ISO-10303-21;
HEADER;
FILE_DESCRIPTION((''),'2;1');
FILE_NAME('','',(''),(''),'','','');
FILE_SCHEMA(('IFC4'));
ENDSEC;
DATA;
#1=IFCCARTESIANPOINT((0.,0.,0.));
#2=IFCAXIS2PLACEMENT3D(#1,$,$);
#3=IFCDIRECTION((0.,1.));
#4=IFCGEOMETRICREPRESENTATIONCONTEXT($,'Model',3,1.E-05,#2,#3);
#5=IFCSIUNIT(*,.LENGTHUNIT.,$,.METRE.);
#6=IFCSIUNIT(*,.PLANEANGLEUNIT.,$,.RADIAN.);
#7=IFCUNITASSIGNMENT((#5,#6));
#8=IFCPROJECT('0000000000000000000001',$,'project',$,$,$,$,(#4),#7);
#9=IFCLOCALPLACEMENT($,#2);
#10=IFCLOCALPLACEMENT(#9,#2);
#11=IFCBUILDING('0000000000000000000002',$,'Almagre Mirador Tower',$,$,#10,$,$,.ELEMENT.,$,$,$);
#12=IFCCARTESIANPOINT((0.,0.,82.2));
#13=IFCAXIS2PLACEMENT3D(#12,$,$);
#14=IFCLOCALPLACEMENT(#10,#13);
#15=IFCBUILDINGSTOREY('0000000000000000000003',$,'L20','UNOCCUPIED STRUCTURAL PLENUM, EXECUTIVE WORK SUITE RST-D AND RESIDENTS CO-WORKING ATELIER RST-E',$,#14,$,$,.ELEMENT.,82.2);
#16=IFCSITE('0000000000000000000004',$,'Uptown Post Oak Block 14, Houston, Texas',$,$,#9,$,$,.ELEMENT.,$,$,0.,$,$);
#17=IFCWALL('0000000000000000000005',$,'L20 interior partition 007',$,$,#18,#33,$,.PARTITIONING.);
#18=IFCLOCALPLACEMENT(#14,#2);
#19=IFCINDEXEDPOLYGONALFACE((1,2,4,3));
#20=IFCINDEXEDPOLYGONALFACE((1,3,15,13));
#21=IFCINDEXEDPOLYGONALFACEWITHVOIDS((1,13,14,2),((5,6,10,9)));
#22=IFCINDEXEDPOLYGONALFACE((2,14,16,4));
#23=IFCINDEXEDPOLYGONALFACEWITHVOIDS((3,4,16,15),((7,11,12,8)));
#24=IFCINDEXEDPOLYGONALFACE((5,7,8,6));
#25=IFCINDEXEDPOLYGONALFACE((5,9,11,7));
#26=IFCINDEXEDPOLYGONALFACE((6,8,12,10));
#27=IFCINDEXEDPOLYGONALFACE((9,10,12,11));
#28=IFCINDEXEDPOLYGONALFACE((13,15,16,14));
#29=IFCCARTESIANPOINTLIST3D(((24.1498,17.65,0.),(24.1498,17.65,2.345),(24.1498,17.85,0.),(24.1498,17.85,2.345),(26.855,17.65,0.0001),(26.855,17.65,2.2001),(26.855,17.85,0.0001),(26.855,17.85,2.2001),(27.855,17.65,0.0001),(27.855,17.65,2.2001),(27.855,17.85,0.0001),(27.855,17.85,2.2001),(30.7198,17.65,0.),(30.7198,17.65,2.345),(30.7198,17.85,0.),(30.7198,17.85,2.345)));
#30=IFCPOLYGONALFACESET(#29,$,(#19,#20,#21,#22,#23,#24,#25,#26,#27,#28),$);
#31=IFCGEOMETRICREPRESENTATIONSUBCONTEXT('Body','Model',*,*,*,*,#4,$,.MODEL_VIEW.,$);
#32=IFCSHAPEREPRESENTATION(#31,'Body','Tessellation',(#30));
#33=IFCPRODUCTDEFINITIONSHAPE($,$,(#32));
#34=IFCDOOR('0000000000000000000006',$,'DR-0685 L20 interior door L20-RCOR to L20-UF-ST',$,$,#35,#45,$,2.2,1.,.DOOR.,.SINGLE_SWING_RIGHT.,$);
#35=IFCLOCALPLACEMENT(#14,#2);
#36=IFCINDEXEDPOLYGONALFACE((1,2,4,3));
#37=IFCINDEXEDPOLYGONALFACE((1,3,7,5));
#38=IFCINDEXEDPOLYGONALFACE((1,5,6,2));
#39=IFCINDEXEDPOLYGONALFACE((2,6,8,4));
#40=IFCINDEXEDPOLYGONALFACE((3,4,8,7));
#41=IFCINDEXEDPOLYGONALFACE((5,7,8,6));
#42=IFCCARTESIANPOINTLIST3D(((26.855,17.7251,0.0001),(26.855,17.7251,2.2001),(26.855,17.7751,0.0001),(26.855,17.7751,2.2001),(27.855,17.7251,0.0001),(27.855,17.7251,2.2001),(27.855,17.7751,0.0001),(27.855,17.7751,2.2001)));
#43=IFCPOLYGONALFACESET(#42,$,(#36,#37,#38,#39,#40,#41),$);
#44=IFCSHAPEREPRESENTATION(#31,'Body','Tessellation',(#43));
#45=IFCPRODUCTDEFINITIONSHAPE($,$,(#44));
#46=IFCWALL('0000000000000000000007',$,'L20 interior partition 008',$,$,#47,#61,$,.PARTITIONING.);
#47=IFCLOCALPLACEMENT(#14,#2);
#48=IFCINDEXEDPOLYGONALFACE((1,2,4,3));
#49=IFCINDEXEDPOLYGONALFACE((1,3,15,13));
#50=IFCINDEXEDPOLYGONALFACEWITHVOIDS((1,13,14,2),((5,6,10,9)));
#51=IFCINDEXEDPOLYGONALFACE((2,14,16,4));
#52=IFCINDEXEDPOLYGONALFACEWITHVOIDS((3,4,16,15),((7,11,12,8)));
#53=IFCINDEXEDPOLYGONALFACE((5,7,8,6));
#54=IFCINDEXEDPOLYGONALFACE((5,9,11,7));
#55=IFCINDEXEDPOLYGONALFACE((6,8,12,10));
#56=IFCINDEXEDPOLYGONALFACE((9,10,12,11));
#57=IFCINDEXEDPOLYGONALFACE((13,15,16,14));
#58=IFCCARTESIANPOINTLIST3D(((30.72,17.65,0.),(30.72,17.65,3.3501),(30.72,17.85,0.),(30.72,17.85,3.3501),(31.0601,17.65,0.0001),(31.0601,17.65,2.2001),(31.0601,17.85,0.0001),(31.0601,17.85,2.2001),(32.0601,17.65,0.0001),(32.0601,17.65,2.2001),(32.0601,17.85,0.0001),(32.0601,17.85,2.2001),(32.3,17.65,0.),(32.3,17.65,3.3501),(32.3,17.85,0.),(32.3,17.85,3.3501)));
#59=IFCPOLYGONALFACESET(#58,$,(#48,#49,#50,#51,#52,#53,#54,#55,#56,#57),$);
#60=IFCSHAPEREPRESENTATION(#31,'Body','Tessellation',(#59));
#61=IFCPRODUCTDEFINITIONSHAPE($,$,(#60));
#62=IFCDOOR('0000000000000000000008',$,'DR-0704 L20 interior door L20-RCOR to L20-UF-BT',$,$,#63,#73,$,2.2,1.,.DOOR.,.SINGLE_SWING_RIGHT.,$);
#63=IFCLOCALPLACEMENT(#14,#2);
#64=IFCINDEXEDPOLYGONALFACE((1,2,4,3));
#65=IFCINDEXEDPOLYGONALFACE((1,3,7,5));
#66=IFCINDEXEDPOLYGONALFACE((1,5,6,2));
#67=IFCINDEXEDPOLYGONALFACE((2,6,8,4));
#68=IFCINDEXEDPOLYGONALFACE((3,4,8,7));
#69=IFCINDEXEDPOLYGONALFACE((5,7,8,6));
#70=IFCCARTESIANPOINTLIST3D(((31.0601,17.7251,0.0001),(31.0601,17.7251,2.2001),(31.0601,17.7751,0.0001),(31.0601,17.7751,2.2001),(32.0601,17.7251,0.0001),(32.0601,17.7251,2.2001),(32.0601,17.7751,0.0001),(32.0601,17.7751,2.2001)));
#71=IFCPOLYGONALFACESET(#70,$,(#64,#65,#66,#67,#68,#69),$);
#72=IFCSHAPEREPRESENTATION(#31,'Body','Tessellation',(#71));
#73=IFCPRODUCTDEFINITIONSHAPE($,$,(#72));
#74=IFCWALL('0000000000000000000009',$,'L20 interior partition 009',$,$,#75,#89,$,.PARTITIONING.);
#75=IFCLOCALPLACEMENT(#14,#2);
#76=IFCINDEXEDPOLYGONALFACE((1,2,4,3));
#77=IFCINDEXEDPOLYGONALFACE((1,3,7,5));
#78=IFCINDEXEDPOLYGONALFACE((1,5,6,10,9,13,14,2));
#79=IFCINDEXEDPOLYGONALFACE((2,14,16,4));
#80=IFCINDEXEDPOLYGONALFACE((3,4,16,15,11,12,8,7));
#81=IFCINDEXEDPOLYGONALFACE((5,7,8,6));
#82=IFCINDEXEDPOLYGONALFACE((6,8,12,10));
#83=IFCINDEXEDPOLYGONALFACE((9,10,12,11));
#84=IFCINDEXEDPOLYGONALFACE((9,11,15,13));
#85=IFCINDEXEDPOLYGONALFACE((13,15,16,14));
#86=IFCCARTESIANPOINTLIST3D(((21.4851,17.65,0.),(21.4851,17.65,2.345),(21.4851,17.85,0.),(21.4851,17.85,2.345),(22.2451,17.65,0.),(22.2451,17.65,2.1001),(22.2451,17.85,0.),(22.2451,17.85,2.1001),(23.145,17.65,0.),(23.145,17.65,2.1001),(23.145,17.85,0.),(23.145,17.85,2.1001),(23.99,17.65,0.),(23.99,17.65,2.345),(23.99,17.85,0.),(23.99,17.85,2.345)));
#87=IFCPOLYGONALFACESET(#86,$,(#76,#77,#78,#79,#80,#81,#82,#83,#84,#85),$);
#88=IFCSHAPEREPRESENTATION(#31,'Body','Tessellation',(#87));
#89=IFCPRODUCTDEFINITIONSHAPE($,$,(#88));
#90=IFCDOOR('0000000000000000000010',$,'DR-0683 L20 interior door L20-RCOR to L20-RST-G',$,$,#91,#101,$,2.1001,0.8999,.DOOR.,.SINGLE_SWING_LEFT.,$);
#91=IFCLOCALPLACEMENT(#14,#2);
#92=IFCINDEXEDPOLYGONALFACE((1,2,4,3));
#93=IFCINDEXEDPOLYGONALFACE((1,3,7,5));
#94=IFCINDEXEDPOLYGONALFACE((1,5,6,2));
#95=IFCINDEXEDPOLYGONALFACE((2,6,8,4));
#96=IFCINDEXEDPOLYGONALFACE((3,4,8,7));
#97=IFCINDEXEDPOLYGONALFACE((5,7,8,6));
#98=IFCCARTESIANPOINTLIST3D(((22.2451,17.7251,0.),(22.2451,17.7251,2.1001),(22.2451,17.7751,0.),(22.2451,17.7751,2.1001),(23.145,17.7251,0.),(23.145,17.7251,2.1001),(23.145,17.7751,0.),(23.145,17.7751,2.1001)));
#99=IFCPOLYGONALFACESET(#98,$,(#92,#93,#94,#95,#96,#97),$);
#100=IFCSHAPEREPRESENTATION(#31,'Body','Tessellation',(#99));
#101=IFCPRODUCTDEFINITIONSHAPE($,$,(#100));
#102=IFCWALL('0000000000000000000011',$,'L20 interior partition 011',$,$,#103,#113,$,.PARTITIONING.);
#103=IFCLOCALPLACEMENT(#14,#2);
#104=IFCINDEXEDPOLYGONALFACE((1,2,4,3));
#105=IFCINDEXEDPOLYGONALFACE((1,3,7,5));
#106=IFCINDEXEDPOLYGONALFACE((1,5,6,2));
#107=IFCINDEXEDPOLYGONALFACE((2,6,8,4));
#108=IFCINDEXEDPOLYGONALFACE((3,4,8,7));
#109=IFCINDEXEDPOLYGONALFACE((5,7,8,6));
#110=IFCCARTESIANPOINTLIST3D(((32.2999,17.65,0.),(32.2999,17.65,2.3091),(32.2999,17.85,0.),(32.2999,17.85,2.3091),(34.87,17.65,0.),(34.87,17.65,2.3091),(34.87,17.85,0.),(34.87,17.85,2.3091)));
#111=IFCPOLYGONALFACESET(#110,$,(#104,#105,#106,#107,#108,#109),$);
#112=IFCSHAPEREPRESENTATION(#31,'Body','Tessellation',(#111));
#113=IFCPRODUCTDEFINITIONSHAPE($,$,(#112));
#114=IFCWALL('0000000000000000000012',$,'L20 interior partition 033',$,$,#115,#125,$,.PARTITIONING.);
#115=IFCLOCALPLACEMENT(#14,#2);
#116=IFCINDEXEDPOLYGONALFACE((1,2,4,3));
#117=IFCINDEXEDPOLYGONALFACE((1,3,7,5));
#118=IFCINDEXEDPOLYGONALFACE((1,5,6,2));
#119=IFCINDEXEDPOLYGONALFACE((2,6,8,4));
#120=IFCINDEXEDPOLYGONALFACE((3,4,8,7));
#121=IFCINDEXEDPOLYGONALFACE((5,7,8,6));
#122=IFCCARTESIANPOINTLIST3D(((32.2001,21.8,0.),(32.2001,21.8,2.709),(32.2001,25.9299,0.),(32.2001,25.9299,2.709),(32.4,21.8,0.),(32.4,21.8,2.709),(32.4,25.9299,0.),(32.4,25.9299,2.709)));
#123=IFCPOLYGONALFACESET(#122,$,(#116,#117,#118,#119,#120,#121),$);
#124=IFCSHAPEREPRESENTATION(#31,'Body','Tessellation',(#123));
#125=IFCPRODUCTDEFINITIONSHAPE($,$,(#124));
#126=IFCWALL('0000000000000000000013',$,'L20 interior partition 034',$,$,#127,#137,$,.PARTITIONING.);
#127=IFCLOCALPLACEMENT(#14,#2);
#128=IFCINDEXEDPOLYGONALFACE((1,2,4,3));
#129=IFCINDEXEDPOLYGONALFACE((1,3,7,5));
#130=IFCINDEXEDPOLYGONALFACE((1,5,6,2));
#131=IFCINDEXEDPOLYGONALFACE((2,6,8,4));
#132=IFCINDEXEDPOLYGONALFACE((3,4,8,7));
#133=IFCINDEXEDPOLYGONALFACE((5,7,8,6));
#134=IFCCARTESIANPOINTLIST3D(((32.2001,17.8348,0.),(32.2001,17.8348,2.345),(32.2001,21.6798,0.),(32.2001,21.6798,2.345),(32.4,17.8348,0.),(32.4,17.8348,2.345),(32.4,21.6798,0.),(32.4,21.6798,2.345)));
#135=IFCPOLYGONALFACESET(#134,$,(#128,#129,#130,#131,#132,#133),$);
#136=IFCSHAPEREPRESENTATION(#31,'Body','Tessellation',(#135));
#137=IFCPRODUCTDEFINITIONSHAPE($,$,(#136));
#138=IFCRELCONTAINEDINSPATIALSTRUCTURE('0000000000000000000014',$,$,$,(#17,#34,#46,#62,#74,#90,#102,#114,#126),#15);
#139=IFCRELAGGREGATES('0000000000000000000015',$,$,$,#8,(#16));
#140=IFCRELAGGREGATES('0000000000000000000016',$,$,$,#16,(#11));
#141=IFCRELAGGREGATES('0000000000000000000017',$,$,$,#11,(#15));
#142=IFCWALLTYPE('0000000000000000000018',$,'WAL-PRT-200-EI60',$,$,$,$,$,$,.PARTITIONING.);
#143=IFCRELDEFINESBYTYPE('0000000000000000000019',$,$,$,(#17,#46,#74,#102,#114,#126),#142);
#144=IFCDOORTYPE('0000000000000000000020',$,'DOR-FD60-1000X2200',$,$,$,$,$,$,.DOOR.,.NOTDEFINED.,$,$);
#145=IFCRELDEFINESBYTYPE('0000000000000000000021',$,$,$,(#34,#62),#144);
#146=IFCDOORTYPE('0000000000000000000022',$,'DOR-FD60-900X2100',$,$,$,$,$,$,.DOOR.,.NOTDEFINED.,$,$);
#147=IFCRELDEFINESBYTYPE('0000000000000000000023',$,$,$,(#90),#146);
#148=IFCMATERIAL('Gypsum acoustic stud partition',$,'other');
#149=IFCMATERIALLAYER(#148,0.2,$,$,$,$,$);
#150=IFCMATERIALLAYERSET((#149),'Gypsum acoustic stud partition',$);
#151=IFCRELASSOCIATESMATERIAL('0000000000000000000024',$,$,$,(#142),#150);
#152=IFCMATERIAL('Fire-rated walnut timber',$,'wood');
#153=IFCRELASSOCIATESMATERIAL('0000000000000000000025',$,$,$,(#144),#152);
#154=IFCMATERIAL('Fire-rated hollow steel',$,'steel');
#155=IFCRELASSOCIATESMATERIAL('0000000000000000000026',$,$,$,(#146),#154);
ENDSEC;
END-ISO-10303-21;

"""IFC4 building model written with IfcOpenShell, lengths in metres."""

from ifc_helpers import new_model, si_unit, direction, frame, frame_2d, origin, place, context, subcontext, project, spatial, rectangle, extrude, material, layer, layer_set, type_object, element, fill, save


model = new_model("IFC4")

# Units and contexts
model_context = context("Model", 3, precision=1e-05, world=origin(), true_north=direction((0.0, 1.0)))
body_context = subcontext(model_context, "Body", "Model", "MODEL_VIEW")
ifc_project = project(units=[si_unit("LENGTHUNIT", "METRE"), si_unit("PLANEANGLEUNIT", "RADIAN")], contexts=[model_context])

# Site, building, storey
site_placement = place(None, origin())
site = spatial("IfcSite", under=ifc_project, at=site_placement, Name="Uptown Post Oak Block 14, Houston, Texas", CompositionType="ELEMENT", RefElevation=0.0)
building_placement = place(site_placement, origin())
building = spatial("IfcBuilding", under=site, at=building_placement, Name="Almagre Mirador Tower", CompositionType="ELEMENT")
storey_placement = place(building_placement, frame((0.0, 0.0, 82.2)))
storey = spatial("IfcBuildingStorey", under=building, at=storey_placement, Name="L20", Description="UNOCCUPIED STRUCTURAL PLENUM, EXECUTIVE WORK SUITE RST-D AND RESIDENTS CO-WORKING ATELIER RST-E", CompositionType="ELEMENT", Elevation=82.2)

# Walls, openings, doors
ifc_material_1 = material(Name="Gypsum acoustic stud partition", Category="other")
ifc_layer_1 = layer(ifc_material_1, 0.2)
ifc_layer_set_1 = layer_set([ifc_layer_1], Name="Gypsum acoustic stud partition")
wall_type_1 = type_object("IfcWallType", Name="WAL-PRT-200-EI60", PredefinedType="PARTITIONING", material=ifc_layer_set_1)
wall_1_placement = place(storey_placement, frame((30.72, 17.75, 0.0), z_axis=(0.0, 0.0, 1.0), x_axis=(-1.0, 0.0, 0.0)))
wall_1 = element("IfcWall", 1, at=wall_1_placement, inside=storey, type_object=wall_type_1, Name="L20 interior partition 007", PredefinedType="PARTITIONING", context=body_context, shape_type="SweptSolid", body=[
    extrude(rectangle(XDim=6.5701, YDim=0.2, at=frame_2d((3.2852, 0.0))), origin(), (0.0, 0.0, 1.0), 2.345),
])
opening_1_placement = place(wall_1_placement, frame((2.865, 0.0, 0.0)))
opening_1 = element("IfcOpeningElement", 2, at=opening_1_placement, cuts=wall_1, PredefinedType="OPENING", context=body_context, shape_type="SweptSolid", body=[
    extrude(rectangle(XDim=1.0, YDim=2.2, at=frame_2d((0.5, 1.1001))), frame((0.0, 0.1101, 0.0), z_axis=(0.0, -1.0, 0.0), x_axis=(1.0, 0.0, 0.0)), (0.0, 0.0, 1.0), 0.22),
])
ifc_material_2 = material(Name="Fire-rated walnut timber", Category="wood")
door_type_1 = type_object("IfcDoorType", Name="DOR-FD60-1000X2200", OperationType="NOTDEFINED", PredefinedType="DOOR", material=ifc_material_2)
door_1_placement = place(opening_1_placement, origin())
door_1 = element("IfcDoor", 3, at=door_1_placement, inside=storey, type_object=door_type_1, Name="DR-0685 L20 interior door L20-RCOR to L20-UF-ST", OperationType="SINGLE_SWING_RIGHT", OverallHeight=2.2, OverallWidth=1.0, PredefinedType="DOOR", context=body_context, shape_type="SweptSolid", body=[
    extrude(rectangle(XDim=1.0, YDim=2.2, at=frame_2d((0.5, 1.1001))), frame((0.0, 0.0249, 0.0), z_axis=(0.0, -1.0, 0.0), x_axis=(1.0, 0.0, 0.0)), (0.0, 0.0, 1.0), 0.05),
])
fill(opening_1, door_1)
wall_2_placement = place(storey_placement, frame((32.3, 17.75, 0.0), z_axis=(0.0, 0.0, 1.0), x_axis=(-1.0, 0.0, 0.0)))
wall_2 = element("IfcWall", 4, at=wall_2_placement, inside=storey, type_object=wall_type_1, Name="L20 interior partition 008", PredefinedType="PARTITIONING", context=body_context, shape_type="SweptSolid", body=[
    extrude(rectangle(XDim=1.5801, YDim=0.2, at=frame_2d((0.79, 0.0))), origin(), (0.0, 0.0, 1.0), 3.3501),
])
opening_2_placement = place(wall_2_placement, frame((0.24, 0.0, 0.0)))
opening_2 = element("IfcOpeningElement", 5, at=opening_2_placement, cuts=wall_2, PredefinedType="OPENING", context=body_context, shape_type="SweptSolid", body=[
    extrude(rectangle(XDim=1.0, YDim=2.2, at=frame_2d((0.5, 1.1001))), frame((0.0, 0.1101, 0.0), z_axis=(0.0, -1.0, 0.0), x_axis=(1.0, 0.0, 0.0)), (0.0, 0.0, 1.0), 0.22),
])
door_2_placement = place(opening_2_placement, origin())
door_2 = element("IfcDoor", 6, at=door_2_placement, inside=storey, type_object=door_type_1, Name="DR-0704 L20 interior door L20-RCOR to L20-UF-BT", OperationType="SINGLE_SWING_RIGHT", OverallHeight=2.2, OverallWidth=1.0, PredefinedType="DOOR", context=body_context, shape_type="SweptSolid", body=[
    extrude(rectangle(XDim=1.0, YDim=2.2, at=frame_2d((0.5, 1.1001))), frame((0.0, 0.0249, 0.0), z_axis=(0.0, -1.0, 0.0), x_axis=(1.0, 0.0, 0.0)), (0.0, 0.0, 1.0), 0.05),
])
fill(opening_2, door_2)
wall_3_placement = place(storey_placement, frame((23.99, 17.75, 0.0), z_axis=(0.0, 0.0, 1.0), x_axis=(-1.0, 0.0, 0.0)))
wall_3 = element("IfcWall", 7, at=wall_3_placement, inside=storey, type_object=wall_type_1, Name="L20 interior partition 009", PredefinedType="PARTITIONING", context=body_context, shape_type="SweptSolid", body=[
    extrude(rectangle(XDim=2.5049, YDim=0.2, at=frame_2d((1.2524, 0.0))), origin(), (0.0, 0.0, 1.0), 2.345),
])
opening_3_placement = place(wall_3_placement, frame((0.845, 0.0, 0.0)))
opening_3 = element("IfcOpeningElement", 8, at=opening_3_placement, cuts=wall_3, PredefinedType="OPENING", context=body_context, shape_type="SweptSolid", body=[
    extrude(rectangle(XDim=0.8999, YDim=2.1001, at=frame_2d((0.45, 1.05))), frame((0.0, 0.1101, 0.0), z_axis=(0.0, -1.0, 0.0), x_axis=(1.0, 0.0, 0.0)), (0.0, 0.0, 1.0), 0.22),
])
ifc_material_3 = material(Name="Fire-rated hollow steel", Category="steel")
door_type_2 = type_object("IfcDoorType", Name="DOR-FD60-900X2100", OperationType="NOTDEFINED", PredefinedType="DOOR", material=ifc_material_3)
door_3_placement = place(opening_3_placement, origin())
door_3 = element("IfcDoor", 9, at=door_3_placement, inside=storey, type_object=door_type_2, Name="DR-0683 L20 interior door L20-RCOR to L20-RST-G", OperationType="SINGLE_SWING_LEFT", OverallHeight=2.1001, OverallWidth=0.8999, PredefinedType="DOOR", context=body_context, shape_type="SweptSolid", body=[
    extrude(rectangle(XDim=0.8999, YDim=2.1001, at=frame_2d((0.45, 1.05))), frame((0.0, 0.0249, 0.0), z_axis=(0.0, -1.0, 0.0), x_axis=(1.0, 0.0, 0.0)), (0.0, 0.0, 1.0), 0.05),
])
fill(opening_3, door_3)

# Walls
wall_4_placement = place(storey_placement, frame((34.8701, 17.75, 0.0), z_axis=(0.0, 0.0, 1.0), x_axis=(-1.0, 0.0, 0.0)))
element("IfcWall", 10, at=wall_4_placement, inside=storey, type_object=wall_type_1, Name="L20 interior partition 011", PredefinedType="PARTITIONING", context=body_context, shape_type="SweptSolid", body=[
    extrude(rectangle(XDim=2.5701, YDim=0.2, at=frame_2d((1.2852, 0.0))), origin(), (0.0, 0.0, 1.0), 2.3091),
])
wall_5_placement = place(storey_placement, frame((32.3, 21.8, 0.0), z_axis=(0.0, 0.0, 1.0), x_axis=(0.0, 1.0, 0.0)))
element("IfcWall", 11, at=wall_5_placement, inside=storey, type_object=wall_type_1, Name="L20 interior partition 033", PredefinedType="PARTITIONING", context=body_context, shape_type="SweptSolid", body=[
    extrude(rectangle(XDim=4.1299, YDim=0.2, at=frame_2d((2.0649, 0.0))), origin(), (0.0, 0.0, 1.0), 2.709),
])
wall_6_placement = place(storey_placement, frame((32.3, 17.835, 0.0), z_axis=(0.0, 0.0, 1.0), x_axis=(0.0, 1.0, 0.0)))
element("IfcWall", 12, at=wall_6_placement, inside=storey, type_object=wall_type_1, Name="L20 interior partition 034", PredefinedType="PARTITIONING", context=body_context, shape_type="SweptSolid", body=[
    extrude(rectangle(XDim=3.845, YDim=0.2, at=frame_2d((1.9224, 0.0))), origin(), (0.0, 0.0, 1.0), 2.345),
])

save(model, "model.ifc")
